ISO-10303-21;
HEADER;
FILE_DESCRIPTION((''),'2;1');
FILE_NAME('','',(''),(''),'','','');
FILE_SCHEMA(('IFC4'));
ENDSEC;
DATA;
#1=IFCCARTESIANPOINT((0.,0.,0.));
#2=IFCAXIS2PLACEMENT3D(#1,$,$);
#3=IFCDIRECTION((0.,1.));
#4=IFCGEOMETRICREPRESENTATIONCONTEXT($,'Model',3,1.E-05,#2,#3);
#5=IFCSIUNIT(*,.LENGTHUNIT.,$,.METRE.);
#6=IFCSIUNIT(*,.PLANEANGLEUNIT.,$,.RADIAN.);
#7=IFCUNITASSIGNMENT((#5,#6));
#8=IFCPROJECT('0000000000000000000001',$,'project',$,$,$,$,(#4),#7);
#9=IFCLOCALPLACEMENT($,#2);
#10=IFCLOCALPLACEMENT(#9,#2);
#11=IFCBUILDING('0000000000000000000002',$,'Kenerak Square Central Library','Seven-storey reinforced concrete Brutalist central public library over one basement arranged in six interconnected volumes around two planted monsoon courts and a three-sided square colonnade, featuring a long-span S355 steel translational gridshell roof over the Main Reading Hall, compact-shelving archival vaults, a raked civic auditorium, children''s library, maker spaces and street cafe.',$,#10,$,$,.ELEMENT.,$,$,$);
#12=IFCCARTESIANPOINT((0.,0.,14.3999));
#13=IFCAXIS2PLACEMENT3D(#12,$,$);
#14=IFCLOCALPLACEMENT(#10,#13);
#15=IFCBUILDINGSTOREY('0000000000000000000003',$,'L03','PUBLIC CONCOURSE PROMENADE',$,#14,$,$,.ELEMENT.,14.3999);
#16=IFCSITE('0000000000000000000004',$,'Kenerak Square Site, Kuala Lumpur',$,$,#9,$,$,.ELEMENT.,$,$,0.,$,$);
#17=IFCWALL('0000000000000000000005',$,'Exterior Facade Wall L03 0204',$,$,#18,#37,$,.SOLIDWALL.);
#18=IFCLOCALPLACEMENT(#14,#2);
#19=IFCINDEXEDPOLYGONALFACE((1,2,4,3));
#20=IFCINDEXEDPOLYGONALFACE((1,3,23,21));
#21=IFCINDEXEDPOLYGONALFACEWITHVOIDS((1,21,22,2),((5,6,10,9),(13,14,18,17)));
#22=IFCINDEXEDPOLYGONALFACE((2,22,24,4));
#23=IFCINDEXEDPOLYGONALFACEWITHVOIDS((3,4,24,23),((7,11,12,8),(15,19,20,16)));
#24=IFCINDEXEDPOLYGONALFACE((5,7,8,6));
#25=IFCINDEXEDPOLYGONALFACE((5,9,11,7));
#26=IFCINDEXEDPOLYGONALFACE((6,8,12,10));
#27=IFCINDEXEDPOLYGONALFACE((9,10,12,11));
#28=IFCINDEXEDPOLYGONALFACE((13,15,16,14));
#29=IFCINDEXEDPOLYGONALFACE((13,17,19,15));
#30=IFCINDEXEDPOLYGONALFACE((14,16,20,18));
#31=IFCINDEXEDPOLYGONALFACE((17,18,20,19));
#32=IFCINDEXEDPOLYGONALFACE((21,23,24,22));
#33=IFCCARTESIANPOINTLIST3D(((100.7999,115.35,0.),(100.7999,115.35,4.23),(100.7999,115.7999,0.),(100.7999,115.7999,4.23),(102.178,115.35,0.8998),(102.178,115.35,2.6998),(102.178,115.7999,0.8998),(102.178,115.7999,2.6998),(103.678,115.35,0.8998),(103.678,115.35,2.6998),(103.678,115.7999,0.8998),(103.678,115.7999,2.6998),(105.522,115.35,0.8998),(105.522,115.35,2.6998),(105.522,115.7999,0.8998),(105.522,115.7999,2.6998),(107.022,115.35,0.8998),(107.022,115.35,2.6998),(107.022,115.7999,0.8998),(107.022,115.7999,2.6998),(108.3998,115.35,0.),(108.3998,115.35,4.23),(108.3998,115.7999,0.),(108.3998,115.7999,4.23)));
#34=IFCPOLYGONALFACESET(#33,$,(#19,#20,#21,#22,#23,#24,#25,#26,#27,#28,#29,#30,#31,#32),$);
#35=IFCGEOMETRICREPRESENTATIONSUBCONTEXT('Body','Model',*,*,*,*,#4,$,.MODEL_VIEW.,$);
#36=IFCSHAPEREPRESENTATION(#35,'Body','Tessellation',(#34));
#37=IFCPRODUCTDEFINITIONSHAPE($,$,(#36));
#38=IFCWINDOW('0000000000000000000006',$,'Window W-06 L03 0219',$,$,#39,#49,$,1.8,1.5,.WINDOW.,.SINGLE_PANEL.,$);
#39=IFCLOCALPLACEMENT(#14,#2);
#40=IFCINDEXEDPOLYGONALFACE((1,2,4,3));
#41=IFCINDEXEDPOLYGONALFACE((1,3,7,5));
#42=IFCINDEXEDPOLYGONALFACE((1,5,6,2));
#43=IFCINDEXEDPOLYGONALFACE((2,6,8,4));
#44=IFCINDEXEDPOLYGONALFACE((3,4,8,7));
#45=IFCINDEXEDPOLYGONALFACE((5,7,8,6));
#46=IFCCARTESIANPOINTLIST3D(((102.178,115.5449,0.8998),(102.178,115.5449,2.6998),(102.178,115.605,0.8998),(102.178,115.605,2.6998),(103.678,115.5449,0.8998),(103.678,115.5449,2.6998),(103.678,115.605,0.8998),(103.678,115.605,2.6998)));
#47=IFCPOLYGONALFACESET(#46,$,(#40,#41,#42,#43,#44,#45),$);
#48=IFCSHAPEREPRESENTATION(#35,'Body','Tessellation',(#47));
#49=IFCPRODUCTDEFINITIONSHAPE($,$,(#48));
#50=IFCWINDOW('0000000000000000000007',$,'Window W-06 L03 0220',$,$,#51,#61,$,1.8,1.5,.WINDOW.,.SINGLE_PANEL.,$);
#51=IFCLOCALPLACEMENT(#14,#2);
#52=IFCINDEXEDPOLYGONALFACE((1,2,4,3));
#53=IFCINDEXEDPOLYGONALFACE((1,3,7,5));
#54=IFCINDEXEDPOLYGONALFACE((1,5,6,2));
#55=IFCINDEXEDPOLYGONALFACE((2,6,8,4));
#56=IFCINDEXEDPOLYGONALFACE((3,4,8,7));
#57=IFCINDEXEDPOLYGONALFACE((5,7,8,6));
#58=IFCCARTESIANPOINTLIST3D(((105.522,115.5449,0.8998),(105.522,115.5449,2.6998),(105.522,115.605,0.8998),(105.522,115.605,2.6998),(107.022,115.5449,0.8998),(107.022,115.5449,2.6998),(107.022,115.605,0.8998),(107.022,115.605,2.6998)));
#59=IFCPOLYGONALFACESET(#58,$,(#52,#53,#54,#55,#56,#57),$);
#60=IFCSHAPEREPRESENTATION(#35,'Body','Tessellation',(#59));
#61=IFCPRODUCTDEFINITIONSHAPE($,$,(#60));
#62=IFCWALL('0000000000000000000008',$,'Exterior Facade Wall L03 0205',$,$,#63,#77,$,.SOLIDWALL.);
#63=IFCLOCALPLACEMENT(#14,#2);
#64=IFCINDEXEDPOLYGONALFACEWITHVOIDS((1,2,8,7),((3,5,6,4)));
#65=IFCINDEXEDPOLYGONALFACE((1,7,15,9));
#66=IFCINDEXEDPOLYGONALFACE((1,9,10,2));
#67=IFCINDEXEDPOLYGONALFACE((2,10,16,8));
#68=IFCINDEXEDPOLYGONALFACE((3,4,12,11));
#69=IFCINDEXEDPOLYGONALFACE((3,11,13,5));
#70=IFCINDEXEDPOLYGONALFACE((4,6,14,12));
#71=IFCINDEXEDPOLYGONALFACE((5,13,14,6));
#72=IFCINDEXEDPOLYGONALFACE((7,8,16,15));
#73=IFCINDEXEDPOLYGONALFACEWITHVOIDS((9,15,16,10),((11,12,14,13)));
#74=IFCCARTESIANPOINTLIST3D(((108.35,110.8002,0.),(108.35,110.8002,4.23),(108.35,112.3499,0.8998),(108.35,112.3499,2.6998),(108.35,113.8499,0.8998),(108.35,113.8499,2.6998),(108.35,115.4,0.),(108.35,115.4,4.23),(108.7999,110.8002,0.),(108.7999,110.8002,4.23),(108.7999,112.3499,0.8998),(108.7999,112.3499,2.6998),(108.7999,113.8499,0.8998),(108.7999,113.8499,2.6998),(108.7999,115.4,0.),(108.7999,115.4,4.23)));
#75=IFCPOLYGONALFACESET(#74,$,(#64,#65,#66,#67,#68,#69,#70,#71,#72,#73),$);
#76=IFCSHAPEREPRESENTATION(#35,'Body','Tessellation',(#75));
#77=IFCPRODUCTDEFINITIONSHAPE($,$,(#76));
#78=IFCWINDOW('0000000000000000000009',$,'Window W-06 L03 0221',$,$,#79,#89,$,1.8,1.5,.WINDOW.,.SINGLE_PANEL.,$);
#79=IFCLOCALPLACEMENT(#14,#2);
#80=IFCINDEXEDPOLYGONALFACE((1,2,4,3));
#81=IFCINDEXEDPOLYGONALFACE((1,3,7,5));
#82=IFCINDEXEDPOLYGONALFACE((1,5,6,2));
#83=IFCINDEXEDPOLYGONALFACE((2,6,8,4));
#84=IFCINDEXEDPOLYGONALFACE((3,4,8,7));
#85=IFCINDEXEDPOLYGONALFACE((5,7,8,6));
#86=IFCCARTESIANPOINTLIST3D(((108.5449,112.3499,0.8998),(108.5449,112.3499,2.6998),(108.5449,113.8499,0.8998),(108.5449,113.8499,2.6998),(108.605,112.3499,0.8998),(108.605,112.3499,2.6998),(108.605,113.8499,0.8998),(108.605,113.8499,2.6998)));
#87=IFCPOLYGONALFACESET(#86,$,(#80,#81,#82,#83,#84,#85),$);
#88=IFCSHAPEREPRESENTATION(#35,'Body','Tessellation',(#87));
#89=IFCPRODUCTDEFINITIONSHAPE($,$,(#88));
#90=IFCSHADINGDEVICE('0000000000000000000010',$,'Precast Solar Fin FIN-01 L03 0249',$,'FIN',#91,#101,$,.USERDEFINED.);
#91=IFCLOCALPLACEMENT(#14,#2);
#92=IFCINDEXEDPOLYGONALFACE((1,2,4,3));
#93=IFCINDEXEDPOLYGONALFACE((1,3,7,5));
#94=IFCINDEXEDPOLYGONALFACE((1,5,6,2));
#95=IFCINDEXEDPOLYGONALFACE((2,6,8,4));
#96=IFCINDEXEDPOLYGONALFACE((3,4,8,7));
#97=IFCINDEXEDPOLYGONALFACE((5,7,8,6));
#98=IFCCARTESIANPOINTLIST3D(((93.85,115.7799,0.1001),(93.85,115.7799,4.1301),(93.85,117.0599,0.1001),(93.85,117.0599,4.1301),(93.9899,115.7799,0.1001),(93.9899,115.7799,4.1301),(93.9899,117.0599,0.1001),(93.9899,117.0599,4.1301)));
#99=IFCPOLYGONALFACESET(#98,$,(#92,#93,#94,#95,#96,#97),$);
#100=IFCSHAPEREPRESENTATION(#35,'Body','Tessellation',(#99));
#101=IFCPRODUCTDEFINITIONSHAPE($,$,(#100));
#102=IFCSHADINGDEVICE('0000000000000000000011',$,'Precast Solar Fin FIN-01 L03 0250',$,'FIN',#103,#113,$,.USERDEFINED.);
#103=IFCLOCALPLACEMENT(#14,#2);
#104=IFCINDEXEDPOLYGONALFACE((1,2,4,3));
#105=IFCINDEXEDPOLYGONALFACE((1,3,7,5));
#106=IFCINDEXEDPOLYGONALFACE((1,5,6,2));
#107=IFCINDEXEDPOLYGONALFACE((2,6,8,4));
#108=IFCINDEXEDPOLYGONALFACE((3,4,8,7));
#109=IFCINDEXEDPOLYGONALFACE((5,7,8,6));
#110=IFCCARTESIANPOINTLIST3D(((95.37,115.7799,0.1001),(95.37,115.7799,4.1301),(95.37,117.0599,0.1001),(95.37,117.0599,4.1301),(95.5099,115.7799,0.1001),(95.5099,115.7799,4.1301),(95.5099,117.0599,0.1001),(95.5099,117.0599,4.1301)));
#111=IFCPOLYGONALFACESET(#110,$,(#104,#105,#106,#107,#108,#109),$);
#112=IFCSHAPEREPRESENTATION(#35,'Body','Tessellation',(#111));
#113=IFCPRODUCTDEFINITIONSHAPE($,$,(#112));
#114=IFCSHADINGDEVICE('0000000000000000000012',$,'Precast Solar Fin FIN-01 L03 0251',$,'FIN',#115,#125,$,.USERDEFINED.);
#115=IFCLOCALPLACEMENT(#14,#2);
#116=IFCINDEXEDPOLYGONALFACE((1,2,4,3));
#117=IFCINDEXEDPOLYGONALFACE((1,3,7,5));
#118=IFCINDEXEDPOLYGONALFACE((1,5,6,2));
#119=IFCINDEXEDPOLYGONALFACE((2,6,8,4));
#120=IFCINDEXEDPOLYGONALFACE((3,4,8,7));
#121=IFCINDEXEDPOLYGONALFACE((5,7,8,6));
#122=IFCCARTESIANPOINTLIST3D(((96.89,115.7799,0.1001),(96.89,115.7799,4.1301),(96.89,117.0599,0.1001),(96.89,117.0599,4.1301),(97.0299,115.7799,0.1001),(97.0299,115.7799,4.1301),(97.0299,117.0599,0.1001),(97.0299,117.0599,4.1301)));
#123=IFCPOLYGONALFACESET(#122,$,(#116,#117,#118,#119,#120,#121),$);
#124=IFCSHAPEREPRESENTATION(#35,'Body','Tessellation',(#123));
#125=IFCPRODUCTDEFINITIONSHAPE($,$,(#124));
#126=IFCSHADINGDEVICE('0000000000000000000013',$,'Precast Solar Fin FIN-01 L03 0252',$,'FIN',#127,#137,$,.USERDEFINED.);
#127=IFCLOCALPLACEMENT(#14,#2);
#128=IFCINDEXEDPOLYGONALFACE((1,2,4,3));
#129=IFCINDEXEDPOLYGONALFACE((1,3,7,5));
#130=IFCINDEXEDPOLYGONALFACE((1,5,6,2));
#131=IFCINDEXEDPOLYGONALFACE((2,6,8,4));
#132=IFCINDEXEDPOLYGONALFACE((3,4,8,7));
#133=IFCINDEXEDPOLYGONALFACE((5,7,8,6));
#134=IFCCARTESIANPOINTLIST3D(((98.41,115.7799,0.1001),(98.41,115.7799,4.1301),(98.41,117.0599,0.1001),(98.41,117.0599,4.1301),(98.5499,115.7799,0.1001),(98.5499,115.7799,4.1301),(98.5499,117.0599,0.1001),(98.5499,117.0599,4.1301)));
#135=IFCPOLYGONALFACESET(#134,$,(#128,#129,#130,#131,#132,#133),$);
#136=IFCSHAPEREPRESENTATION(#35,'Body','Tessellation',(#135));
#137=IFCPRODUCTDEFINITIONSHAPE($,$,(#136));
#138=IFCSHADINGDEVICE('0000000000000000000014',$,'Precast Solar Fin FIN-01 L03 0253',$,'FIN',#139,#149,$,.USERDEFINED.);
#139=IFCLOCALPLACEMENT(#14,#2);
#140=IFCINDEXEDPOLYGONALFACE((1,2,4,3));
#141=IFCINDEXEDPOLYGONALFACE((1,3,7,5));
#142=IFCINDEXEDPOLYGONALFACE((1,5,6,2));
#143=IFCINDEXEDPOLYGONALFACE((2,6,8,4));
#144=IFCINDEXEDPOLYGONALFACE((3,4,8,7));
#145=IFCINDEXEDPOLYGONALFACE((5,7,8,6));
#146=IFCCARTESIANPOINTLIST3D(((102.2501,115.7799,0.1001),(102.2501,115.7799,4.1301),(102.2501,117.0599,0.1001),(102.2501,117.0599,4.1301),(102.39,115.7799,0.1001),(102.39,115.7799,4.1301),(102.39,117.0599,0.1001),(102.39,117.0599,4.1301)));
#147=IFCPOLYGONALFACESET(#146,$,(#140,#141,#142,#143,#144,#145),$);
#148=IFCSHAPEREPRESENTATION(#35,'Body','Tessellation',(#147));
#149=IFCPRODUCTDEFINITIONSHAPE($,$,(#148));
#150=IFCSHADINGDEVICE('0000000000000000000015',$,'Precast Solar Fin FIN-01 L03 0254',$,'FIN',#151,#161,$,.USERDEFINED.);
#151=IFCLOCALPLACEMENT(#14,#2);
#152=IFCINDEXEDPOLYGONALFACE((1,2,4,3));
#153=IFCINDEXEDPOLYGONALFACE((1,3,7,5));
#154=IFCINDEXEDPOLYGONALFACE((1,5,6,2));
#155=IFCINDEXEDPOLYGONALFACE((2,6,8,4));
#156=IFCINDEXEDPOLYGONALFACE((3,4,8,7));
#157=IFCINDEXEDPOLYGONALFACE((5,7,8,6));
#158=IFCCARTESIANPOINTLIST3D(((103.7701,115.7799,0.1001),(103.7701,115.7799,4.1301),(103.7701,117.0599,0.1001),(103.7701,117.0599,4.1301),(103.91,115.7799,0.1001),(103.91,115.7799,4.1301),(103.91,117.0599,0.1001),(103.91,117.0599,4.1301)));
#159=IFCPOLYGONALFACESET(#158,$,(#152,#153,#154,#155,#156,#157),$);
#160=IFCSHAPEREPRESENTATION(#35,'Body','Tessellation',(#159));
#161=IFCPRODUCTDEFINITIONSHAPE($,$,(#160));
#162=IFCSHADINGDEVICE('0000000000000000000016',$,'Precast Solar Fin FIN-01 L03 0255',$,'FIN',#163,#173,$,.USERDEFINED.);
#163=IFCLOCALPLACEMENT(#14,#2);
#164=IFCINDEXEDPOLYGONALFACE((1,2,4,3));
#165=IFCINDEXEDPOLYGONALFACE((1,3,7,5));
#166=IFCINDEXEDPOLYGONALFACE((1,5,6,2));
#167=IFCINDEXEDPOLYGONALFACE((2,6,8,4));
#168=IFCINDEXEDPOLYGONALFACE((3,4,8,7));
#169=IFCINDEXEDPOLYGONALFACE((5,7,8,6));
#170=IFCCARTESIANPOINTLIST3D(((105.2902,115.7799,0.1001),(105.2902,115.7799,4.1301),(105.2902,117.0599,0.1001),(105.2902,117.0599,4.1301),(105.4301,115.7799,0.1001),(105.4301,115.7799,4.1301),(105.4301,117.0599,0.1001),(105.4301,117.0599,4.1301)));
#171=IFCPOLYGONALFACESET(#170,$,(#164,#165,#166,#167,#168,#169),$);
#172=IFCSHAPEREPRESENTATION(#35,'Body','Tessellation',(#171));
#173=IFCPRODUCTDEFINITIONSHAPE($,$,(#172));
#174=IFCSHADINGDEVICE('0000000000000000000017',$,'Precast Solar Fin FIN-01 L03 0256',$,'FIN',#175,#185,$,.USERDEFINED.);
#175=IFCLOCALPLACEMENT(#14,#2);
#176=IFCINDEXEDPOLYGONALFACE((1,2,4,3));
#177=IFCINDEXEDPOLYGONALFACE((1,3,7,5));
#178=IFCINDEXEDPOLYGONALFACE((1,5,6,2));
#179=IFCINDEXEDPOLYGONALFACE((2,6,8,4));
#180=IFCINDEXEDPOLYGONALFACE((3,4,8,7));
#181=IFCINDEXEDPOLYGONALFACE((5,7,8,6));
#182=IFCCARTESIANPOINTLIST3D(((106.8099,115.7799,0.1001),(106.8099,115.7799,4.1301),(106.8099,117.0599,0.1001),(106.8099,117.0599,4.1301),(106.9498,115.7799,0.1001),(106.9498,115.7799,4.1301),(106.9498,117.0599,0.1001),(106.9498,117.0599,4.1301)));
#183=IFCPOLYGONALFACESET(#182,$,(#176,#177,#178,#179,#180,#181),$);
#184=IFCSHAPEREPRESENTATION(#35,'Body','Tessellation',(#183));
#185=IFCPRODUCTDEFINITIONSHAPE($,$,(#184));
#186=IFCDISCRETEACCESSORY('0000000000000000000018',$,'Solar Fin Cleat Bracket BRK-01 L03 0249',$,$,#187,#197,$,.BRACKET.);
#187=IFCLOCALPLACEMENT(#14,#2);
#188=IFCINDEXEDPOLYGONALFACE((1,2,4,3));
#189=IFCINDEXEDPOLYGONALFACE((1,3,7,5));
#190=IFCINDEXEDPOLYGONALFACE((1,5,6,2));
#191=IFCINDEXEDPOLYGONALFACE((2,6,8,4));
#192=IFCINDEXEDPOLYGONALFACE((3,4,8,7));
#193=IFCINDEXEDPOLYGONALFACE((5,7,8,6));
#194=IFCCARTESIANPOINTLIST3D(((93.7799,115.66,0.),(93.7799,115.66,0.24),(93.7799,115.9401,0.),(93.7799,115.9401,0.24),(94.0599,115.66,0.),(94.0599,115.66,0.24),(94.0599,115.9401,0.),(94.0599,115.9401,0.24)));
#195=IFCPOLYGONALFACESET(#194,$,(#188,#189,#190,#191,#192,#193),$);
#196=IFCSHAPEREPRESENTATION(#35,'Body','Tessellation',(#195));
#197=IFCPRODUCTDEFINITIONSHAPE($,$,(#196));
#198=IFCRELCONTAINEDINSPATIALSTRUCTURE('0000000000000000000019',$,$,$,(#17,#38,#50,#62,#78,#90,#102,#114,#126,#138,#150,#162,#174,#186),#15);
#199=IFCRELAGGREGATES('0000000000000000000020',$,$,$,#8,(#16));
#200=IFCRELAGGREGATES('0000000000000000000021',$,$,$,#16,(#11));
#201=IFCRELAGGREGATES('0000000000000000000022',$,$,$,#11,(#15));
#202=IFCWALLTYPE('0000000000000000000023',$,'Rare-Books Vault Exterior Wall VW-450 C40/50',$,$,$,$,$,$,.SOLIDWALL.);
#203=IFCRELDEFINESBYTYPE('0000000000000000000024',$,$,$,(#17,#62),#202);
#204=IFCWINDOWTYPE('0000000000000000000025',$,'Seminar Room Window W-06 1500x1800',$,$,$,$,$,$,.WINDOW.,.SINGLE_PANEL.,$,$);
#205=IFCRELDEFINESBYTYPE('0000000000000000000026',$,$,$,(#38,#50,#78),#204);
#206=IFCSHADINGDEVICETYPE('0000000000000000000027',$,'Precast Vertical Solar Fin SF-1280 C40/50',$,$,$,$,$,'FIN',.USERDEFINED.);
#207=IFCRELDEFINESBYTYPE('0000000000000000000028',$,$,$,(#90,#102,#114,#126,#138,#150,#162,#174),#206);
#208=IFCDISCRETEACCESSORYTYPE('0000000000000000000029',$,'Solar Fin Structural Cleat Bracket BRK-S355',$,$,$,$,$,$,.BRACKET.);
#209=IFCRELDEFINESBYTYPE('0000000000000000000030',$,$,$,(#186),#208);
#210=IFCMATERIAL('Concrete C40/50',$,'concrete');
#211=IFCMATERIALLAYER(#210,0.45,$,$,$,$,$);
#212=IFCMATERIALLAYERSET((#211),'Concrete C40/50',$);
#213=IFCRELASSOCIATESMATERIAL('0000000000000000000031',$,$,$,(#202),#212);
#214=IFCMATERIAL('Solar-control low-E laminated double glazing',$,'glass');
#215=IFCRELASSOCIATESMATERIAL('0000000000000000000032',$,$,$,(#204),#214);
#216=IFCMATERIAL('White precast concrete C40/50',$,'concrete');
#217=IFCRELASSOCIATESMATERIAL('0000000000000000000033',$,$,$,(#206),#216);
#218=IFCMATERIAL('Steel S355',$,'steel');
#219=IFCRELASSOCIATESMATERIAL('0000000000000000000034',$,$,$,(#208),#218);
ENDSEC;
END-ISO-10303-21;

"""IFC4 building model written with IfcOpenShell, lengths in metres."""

from ifc_helpers import new_model, si_unit, direction, frame, frame_2d, origin, origin_2d, place, context, subcontext, project, spatial, rectangle, extrude, material, layer, layer_set, type_object, element, fill, save


model = new_model("IFC4")

# Units and contexts
model_context = context("Model", 3, precision=1e-05, world=origin(), true_north=direction((0.0, 1.0)))
body_context = subcontext(model_context, "Body", "Model", "MODEL_VIEW")
ifc_project = project(units=[si_unit("LENGTHUNIT", "METRE"), si_unit("PLANEANGLEUNIT", "RADIAN")], contexts=[model_context])

# Site, building, storey
site_placement = place(None, origin())
site = spatial("IfcSite", under=ifc_project, at=site_placement, Name="Kenerak Square Site, Kuala Lumpur", CompositionType="ELEMENT", RefElevation=0.0)
building_placement = place(site_placement, origin())
building = spatial("IfcBuilding", under=site, at=building_placement, Name="Kenerak Square Central Library", Description="Seven-storey reinforced concrete Brutalist central public library over one basement arranged in six interconnected volumes around two planted monsoon courts and a three-sided square colonnade, featuring a long-span S355 steel translational gridshell roof over the Main Reading Hall, compact-shelving archival vaults, a raked civic auditorium, children's library, maker spaces and street cafe.", CompositionType="ELEMENT")
storey_placement = place(building_placement, frame((0.0, 0.0, 14.3999)))
storey = spatial("IfcBuildingStorey", under=building, at=storey_placement, Name="L03", Description="PUBLIC CONCOURSE PROMENADE", CompositionType="ELEMENT", Elevation=14.3999)

# Shared definitions
ifc_material_1 = material(Name="Concrete C40/50", Category="concrete")

# Wall, openings, windows
ifc_layer_1 = layer(ifc_material_1, 0.45)
ifc_layer_set_1 = layer_set([ifc_layer_1], Name="Concrete C40/50")
wall_type_1 = type_object("IfcWallType", Name="Rare-Books Vault Exterior Wall VW-450 C40/50", PredefinedType="SOLIDWALL", material=ifc_layer_set_1)
ifc_material_2 = material(Name="Solar-control low-E laminated double glazing", Category="glass")
window_type = type_object("IfcWindowType", Name="Seminar Room Window W-06 1500x1800", PartitioningType="SINGLE_PANEL", PredefinedType="WINDOW", material=ifc_material_2)
wall_1_placement = place(storey_placement, frame((100.8, 115.575, 0.0), z_axis=(0.0, 0.0, 1.0), x_axis=(1.0, 0.0, 0.0)))
wall_1 = element("IfcWall", 1, at=wall_1_placement, inside=storey, type_object=wall_type_1, Name="Exterior Facade Wall L03 0204", PredefinedType="SOLIDWALL", context=body_context, shape_type="SweptSolid", body=[
    extrude(rectangle(XDim=7.5999, YDim=0.45, at=frame_2d((3.7998, 0.0))), origin(), (0.0, 0.0, 1.0), 4.23),
])
opening_1_placement = place(wall_1_placement, frame((1.3779, 0.0, 0.8999)))
opening_1 = element("IfcOpeningElement", 2, at=opening_1_placement, cuts=wall_1, PredefinedType="OPENING", context=body_context, shape_type="SweptSolid", body=[
    extrude(rectangle(XDim=1.5, YDim=1.8, at=frame_2d((0.75, 0.8999))), frame((0.0, 0.2349, 0.0), z_axis=(0.0, -1.0, 0.0), x_axis=(1.0, 0.0, 0.0)), (0.0, 0.0, 1.0), 0.47),
])
opening_2_placement = place(wall_1_placement, frame((4.7219, 0.0, 0.8999)))
opening_2 = element("IfcOpeningElement", 3, at=opening_2_placement, cuts=wall_1, PredefinedType="OPENING", context=body_context, shape_type="SweptSolid", body=[
    extrude(rectangle(XDim=1.5, YDim=1.8, at=frame_2d((0.75, 0.8999))), frame((0.0, 0.2349, 0.0), z_axis=(0.0, -1.0, 0.0), x_axis=(1.0, 0.0, 0.0)), (0.0, 0.0, 1.0), 0.47),
])
window_1_placement = place(opening_1_placement, origin())
window_1 = element("IfcWindow", 4, at=window_1_placement, inside=storey, type_object=window_type, Name="Window W-06 L03 0219", OverallHeight=1.8, OverallWidth=1.5, PartitioningType="SINGLE_PANEL", PredefinedType="WINDOW", context=body_context, shape_type="SweptSolid", body=[
    extrude(rectangle(XDim=1.5, YDim=1.8, at=frame_2d((0.75, 0.8999))), frame((0.0, 0.03, 0.0), z_axis=(0.0, -1.0, 0.0), x_axis=(1.0, 0.0, 0.0)), (0.0, 0.0, 1.0), 0.0601),
])
fill(opening_1, window_1)
window_2_placement = place(opening_2_placement, origin())
window_2 = element("IfcWindow", 5, at=window_2_placement, inside=storey, type_object=window_type, Name="Window W-06 L03 0220", OverallHeight=1.8, OverallWidth=1.5, PartitioningType="SINGLE_PANEL", PredefinedType="WINDOW", context=body_context, shape_type="SweptSolid", body=[
    extrude(rectangle(XDim=1.5, YDim=1.8, at=frame_2d((0.75, 0.8999))), frame((0.0, 0.03, 0.0), z_axis=(0.0, -1.0, 0.0), x_axis=(1.0, 0.0, 0.0)), (0.0, 0.0, 1.0), 0.0601),
])
fill(opening_2, window_2)

# Wall, opening, window
wall_2_placement = place(storey_placement, frame((108.575, 115.3999, 0.0), z_axis=(0.0, 0.0, 1.0), x_axis=(0.0, -1.0, 0.0)))
wall_2 = element("IfcWall", 6, at=wall_2_placement, inside=storey, type_object=wall_type_1, Name="Exterior Facade Wall L03 0205", PredefinedType="SOLIDWALL", context=body_context, shape_type="SweptSolid", body=[
    extrude(rectangle(XDim=4.5999, YDim=0.45, at=frame_2d((2.2998, 0.0))), origin(), (0.0, 0.0, 1.0), 4.23),
])
opening_3_placement = place(wall_2_placement, frame((1.55, 0.0, 0.8999)))
opening_3 = element("IfcOpeningElement", 7, at=opening_3_placement, cuts=wall_2, PredefinedType="OPENING", context=body_context, shape_type="SweptSolid", body=[
    extrude(rectangle(XDim=1.5, YDim=1.8, at=frame_2d((0.75, 0.8999))), frame((0.0, 0.2349, 0.0), z_axis=(0.0, -1.0, 0.0), x_axis=(1.0, 0.0, 0.0)), (0.0, 0.0, 1.0), 0.47),
])
window_3_placement = place(opening_3_placement, origin())
window_3 = element("IfcWindow", 8, at=window_3_placement, inside=storey, type_object=window_type, Name="Window W-06 L03 0221", OverallHeight=1.8, OverallWidth=1.5, PartitioningType="SINGLE_PANEL", PredefinedType="WINDOW", context=body_context, shape_type="SweptSolid", body=[
    extrude(rectangle(XDim=1.5, YDim=1.8, at=frame_2d((0.75, 0.8999))), frame((0.0, 0.03, 0.0), z_axis=(0.0, -1.0, 0.0), x_axis=(1.0, 0.0, 0.0)), (0.0, 0.0, 1.0), 0.0601),
])
fill(opening_3, window_3)

# Shading devices
ifc_material_3 = material(Name="White precast concrete C40/50", Category="concrete")
shading_device_type = type_object("IfcShadingDeviceType", Name="Precast Vertical Solar Fin SF-1280 C40/50", ElementType="FIN", PredefinedType="USERDEFINED", material=ifc_material_3)
for number, where, z_axis, x_axis, name in (
    (9, (93.9199, 116.4199, 0.1001), (0.0, 0.0, 1.0), (1.0, 0.0, 0.0), "Precast Solar Fin FIN-01 L03 0249"),
    (10, (95.4399, 116.4199, 0.1001), (0.0, 0.0, 1.0), (1.0, 0.0, 0.0), "Precast Solar Fin FIN-01 L03 0250"),
    (11, (96.96, 116.4199, 0.1001), (0.0, 0.0, 1.0), (1.0, 0.0, 0.0), "Precast Solar Fin FIN-01 L03 0251"),
    (12, (98.48, 116.4199, 0.1001), (0.0, 0.0, 1.0), (1.0, 0.0, 0.0), "Precast Solar Fin FIN-01 L03 0252"),
    (13, (102.3201, 116.4199, 0.1001), (0.0, 0.0, 1.0), (1.0, 0.0, 0.0), "Precast Solar Fin FIN-01 L03 0253"),
    (14, (103.8401, 116.4199, 0.1001), (0.0, 0.0, 1.0), (1.0, 0.0, 0.0), "Precast Solar Fin FIN-01 L03 0254"),
    (15, (105.3601, 116.4199, 0.1001), (0.0, 0.0, 1.0), (1.0, 0.0, 0.0), "Precast Solar Fin FIN-01 L03 0255"),
    (16, (106.8799, 116.4199, 0.1001), (0.0, 0.0, 1.0), (1.0, 0.0, 0.0), "Precast Solar Fin FIN-01 L03 0256"),
):
    element("IfcShadingDevice", number, at=place(storey_placement, frame(where, z_axis=z_axis, x_axis=x_axis)), inside=storey, type_object=shading_device_type, Name=name, ObjectType="FIN", PredefinedType="USERDEFINED", context=body_context, shape_type="SweptSolid", body=[
        extrude(rectangle(XDim=0.1399, YDim=1.28, at=origin_2d()), origin(), (0.0, 0.0, 1.0), 4.03),
    ])

# Discrete accessory
ifc_material_4 = material(Name="Steel S355", Category="steel")
discrete_accessory_type = type_object("IfcDiscreteAccessoryType", Name="Solar Fin Structural Cleat Bracket BRK-S355", PredefinedType="BRACKET", material=ifc_material_4)
for number, where, z_axis, x_axis, name in (
    (17, (93.9199, 115.8, 0.0), (0.0, 0.0, 1.0), (1.0, 0.0, 0.0), "Solar Fin Cleat Bracket BRK-01 L03 0249"),
):
    element("IfcDiscreteAccessory", number, at=place(storey_placement, frame(where, z_axis=z_axis, x_axis=x_axis)), inside=storey, type_object=discrete_accessory_type, Name=name, PredefinedType="BRACKET", context=body_context, shape_type="SweptSolid", body=[
        extrude(rectangle(XDim=0.28, YDim=0.28, at=origin_2d()), origin(), (0.0, 0.0, 1.0), 0.24),
    ])

save(model, "model.ifc")
